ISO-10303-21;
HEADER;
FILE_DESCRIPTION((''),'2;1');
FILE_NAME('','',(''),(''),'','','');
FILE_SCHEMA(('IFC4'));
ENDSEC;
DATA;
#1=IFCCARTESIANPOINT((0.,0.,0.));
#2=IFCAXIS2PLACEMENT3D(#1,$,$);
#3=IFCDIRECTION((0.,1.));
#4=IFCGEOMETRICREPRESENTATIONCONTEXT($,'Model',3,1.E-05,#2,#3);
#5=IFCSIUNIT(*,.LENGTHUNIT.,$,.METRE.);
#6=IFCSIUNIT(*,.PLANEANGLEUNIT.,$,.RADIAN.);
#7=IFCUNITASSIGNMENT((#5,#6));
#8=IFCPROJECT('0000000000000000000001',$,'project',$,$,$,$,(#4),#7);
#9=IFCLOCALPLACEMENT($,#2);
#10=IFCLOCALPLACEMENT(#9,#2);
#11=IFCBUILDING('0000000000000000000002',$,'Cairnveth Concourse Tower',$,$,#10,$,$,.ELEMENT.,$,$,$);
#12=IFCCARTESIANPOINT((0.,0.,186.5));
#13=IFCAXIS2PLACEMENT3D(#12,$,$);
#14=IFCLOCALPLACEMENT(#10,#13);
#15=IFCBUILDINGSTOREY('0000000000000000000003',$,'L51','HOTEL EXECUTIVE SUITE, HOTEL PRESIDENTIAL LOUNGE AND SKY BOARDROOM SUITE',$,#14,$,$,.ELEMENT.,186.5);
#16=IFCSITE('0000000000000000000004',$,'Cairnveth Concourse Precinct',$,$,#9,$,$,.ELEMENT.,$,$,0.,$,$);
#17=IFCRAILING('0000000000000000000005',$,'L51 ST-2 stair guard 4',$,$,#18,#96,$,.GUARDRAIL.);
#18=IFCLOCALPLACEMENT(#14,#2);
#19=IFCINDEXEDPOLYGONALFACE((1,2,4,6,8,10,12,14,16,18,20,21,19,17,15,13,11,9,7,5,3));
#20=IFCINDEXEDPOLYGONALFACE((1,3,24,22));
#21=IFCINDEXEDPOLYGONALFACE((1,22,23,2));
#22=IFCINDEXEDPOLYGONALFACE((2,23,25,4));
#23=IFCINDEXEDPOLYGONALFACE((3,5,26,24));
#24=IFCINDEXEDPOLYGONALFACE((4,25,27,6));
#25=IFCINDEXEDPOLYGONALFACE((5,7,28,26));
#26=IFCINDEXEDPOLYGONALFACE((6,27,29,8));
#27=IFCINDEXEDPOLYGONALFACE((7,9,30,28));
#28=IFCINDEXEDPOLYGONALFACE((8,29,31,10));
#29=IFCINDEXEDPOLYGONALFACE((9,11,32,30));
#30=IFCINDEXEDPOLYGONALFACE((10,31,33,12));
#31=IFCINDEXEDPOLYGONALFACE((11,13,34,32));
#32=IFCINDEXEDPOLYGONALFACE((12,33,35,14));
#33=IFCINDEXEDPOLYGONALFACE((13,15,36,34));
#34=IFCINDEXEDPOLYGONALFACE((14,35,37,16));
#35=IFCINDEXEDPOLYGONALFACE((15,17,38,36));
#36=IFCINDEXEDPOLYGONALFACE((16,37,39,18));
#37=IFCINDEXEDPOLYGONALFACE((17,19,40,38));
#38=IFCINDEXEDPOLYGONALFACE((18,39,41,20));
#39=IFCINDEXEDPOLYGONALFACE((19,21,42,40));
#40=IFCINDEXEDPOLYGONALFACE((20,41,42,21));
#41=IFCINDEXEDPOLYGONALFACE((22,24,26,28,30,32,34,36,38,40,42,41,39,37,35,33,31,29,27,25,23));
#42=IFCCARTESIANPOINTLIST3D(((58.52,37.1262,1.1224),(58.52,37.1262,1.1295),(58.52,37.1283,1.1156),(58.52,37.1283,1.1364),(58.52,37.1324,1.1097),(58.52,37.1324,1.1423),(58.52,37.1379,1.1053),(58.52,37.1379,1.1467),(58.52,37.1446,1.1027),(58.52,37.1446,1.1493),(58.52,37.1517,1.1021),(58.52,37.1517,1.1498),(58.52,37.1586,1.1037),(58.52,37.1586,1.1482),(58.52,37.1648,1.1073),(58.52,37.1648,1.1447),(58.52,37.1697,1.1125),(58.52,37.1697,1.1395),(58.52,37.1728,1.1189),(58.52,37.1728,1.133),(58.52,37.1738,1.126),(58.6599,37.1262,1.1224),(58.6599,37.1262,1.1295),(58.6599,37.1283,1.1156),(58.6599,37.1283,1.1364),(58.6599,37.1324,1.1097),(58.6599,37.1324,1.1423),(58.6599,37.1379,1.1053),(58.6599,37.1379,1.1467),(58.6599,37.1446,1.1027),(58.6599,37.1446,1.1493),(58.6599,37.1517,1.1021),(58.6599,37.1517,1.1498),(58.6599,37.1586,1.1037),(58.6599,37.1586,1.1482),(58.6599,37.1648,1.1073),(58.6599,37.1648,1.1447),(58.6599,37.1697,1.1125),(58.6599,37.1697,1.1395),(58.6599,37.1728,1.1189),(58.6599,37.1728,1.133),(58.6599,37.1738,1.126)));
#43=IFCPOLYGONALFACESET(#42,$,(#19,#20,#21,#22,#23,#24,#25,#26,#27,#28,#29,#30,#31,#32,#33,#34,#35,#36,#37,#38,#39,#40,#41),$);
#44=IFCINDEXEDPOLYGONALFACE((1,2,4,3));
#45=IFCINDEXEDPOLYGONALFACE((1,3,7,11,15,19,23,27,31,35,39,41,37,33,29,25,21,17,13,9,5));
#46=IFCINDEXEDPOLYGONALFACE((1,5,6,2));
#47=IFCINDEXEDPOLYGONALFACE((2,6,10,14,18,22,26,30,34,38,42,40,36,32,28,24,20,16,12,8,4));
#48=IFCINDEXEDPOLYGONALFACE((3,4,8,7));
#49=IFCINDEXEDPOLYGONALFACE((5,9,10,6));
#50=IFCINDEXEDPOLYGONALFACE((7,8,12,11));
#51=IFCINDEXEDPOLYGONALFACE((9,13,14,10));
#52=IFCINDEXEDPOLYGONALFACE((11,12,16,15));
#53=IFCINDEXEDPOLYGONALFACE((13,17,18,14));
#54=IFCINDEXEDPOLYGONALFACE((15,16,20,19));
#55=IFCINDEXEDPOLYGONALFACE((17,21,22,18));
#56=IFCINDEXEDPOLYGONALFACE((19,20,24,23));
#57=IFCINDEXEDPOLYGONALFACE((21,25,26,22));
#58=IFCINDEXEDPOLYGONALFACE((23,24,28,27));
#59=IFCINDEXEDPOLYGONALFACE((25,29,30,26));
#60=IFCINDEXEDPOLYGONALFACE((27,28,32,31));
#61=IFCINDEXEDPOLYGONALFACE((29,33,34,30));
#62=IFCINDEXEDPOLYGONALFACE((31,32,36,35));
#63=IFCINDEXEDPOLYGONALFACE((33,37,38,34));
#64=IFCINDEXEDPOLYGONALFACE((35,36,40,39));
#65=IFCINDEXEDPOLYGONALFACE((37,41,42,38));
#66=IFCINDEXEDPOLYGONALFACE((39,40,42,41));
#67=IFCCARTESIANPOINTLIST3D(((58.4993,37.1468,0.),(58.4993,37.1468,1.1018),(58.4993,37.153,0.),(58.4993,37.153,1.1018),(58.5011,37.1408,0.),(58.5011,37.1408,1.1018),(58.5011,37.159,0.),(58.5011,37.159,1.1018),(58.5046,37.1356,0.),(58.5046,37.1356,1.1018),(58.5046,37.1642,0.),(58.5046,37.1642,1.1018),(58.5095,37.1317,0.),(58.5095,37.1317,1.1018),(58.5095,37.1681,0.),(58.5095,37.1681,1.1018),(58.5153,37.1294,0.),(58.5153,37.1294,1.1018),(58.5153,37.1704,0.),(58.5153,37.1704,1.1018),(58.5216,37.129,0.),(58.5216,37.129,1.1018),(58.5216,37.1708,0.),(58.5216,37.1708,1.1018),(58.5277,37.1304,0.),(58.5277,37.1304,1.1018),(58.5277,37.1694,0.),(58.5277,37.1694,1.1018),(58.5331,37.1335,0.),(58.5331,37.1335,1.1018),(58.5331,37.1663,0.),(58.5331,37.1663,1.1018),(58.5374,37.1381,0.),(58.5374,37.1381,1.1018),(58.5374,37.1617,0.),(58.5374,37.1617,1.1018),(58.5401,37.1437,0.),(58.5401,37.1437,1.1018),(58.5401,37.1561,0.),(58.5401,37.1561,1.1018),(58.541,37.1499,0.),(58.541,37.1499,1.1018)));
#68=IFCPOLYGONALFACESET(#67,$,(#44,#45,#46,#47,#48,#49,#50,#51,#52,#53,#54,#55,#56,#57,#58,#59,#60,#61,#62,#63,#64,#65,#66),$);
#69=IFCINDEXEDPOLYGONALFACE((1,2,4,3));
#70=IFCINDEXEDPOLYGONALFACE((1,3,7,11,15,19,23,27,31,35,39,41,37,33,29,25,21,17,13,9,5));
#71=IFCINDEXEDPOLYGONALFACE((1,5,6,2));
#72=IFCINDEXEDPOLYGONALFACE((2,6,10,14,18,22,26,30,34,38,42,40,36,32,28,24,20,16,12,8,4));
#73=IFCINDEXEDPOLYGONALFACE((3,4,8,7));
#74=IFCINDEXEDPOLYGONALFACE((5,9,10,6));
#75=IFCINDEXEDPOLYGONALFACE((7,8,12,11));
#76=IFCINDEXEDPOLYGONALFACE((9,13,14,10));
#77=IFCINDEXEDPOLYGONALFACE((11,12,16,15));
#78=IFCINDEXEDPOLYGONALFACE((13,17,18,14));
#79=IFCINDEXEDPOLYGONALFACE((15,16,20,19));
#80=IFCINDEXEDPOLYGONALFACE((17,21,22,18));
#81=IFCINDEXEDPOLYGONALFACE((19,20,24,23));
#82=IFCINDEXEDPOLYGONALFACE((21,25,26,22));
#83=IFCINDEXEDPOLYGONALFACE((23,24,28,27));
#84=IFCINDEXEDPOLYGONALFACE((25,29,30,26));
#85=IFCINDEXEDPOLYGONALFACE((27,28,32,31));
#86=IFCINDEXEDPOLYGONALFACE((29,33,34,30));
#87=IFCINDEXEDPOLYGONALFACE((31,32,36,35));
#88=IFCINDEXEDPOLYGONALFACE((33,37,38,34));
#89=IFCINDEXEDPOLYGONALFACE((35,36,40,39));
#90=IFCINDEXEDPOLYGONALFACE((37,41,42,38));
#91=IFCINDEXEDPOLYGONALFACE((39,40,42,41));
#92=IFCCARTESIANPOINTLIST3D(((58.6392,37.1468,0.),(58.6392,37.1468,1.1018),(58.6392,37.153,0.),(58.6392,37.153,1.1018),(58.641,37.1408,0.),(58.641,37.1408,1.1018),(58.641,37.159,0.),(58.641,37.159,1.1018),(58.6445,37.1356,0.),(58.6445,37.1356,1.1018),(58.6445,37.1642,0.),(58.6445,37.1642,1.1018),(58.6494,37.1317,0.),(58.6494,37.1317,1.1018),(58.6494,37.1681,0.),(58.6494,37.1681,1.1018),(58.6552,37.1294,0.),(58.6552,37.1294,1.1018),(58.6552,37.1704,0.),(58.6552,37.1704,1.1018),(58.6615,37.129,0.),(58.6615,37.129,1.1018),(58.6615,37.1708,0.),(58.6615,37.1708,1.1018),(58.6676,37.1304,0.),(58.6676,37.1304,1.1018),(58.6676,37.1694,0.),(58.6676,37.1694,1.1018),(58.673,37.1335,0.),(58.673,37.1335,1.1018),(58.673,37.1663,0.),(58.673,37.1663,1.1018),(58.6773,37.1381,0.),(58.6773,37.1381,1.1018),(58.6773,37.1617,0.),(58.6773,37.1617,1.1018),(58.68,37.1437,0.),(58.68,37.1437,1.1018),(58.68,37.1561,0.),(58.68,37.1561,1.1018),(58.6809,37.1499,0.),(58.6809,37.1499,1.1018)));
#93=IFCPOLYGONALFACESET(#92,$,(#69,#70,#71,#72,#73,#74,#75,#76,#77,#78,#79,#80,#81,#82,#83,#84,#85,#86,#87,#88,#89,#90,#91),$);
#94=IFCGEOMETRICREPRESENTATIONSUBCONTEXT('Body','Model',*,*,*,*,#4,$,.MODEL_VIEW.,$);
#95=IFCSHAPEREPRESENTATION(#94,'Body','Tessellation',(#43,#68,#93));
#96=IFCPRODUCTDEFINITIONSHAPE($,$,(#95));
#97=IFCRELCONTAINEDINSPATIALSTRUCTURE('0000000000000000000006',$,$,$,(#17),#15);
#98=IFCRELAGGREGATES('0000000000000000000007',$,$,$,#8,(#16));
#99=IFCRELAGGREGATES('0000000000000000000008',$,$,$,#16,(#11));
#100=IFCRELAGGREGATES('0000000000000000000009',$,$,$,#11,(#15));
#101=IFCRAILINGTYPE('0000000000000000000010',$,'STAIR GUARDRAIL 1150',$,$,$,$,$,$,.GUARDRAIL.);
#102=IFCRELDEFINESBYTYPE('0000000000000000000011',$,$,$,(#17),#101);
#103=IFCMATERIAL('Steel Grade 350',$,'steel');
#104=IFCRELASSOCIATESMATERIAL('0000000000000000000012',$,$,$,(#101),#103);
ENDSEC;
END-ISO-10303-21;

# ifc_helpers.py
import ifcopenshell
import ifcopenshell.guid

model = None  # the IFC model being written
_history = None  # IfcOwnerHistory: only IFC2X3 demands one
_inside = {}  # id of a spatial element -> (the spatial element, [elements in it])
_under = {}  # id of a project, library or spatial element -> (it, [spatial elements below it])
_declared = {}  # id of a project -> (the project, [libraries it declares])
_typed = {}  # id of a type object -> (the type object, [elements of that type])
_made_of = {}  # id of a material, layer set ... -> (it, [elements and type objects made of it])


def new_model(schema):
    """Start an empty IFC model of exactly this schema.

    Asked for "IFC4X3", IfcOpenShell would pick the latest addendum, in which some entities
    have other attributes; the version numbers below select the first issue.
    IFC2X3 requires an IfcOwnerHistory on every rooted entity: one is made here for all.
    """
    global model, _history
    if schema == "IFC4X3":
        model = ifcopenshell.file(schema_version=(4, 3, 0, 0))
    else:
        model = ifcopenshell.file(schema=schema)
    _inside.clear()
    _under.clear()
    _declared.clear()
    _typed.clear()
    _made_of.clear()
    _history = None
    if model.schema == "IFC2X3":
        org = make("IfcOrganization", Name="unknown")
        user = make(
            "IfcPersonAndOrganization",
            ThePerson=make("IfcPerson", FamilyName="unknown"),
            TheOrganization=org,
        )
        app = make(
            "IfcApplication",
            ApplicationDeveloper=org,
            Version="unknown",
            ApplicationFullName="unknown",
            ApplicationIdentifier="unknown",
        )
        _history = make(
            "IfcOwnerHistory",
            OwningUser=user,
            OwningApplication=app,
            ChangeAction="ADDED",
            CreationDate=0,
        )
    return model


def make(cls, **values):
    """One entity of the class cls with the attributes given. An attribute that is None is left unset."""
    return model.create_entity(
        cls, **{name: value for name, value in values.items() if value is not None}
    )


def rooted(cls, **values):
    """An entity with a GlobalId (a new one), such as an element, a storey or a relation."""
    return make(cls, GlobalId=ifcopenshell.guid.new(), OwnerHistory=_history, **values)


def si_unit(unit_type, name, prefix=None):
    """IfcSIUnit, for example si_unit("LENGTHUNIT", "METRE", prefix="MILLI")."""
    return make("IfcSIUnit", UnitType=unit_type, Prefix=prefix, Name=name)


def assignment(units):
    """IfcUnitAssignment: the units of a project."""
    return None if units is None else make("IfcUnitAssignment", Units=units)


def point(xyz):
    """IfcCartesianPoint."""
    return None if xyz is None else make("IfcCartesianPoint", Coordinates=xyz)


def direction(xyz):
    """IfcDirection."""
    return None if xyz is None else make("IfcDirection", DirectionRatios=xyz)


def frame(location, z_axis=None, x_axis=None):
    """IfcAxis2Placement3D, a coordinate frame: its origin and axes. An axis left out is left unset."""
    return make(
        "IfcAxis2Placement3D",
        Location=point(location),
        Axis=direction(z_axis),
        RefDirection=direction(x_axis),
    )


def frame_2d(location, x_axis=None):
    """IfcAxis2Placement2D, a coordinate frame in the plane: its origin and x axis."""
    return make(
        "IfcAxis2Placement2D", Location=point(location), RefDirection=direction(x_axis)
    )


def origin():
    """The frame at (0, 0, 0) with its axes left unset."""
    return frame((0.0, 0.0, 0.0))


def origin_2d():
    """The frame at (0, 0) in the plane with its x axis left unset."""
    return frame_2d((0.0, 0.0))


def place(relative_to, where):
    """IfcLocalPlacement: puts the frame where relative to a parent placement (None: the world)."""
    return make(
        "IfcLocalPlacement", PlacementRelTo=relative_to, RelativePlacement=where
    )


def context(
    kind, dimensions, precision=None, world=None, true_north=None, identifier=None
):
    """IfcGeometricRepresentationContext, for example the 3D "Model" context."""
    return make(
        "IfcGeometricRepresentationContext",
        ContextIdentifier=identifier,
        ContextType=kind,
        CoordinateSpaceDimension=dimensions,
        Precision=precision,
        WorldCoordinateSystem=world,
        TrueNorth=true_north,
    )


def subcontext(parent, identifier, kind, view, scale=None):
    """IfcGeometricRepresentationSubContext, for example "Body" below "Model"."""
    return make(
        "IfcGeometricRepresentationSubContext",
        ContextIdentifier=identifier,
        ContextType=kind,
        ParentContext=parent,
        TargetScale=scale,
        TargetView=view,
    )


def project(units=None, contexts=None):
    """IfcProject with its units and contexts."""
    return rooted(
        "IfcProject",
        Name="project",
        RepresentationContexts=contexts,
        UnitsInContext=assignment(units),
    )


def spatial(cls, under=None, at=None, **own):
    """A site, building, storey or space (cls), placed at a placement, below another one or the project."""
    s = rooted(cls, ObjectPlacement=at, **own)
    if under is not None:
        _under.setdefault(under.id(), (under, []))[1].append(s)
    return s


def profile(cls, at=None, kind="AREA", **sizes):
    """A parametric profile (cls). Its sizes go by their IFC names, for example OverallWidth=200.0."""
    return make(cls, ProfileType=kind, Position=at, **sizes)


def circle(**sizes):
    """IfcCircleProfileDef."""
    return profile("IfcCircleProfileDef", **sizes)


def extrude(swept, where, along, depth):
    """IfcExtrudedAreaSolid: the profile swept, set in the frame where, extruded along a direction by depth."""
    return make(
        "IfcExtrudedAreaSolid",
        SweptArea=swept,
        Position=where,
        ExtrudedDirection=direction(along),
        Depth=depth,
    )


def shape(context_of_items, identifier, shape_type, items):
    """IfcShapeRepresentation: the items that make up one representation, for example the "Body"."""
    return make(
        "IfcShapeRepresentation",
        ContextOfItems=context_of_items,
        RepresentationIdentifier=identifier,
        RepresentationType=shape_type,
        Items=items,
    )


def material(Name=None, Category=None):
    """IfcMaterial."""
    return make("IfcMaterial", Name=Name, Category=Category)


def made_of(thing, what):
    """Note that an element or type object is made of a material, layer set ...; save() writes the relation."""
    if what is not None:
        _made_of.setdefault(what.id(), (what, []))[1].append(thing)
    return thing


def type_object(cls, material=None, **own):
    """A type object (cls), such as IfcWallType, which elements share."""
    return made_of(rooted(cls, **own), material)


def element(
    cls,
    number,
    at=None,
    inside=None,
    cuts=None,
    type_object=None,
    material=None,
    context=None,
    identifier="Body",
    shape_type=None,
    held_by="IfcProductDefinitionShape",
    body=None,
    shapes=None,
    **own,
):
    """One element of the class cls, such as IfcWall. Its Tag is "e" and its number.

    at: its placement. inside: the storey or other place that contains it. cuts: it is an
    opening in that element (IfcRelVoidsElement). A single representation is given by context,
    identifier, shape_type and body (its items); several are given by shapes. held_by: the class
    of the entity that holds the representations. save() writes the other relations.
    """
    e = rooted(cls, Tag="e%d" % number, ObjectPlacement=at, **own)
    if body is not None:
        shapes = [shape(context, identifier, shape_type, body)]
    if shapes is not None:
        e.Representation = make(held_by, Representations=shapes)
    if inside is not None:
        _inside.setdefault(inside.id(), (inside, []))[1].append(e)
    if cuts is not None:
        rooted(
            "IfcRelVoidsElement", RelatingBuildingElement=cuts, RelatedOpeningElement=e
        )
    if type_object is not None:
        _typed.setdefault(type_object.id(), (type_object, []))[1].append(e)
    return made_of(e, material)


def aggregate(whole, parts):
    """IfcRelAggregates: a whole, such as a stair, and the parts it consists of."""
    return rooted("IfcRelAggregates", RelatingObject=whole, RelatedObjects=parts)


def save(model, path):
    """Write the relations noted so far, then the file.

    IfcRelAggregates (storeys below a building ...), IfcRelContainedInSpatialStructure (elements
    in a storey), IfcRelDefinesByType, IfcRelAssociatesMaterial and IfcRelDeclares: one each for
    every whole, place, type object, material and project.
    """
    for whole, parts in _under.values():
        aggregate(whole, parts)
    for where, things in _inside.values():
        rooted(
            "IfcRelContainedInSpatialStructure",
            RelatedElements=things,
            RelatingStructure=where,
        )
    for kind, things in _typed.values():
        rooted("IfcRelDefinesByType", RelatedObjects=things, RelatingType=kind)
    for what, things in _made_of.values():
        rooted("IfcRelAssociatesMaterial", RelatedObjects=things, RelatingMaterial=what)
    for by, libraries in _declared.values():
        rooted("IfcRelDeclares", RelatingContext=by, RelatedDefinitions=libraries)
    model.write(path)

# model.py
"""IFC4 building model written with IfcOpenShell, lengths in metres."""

from ifc_helpers import new_model, si_unit, direction, frame, origin, origin_2d, place, context, subcontext, project, spatial, circle, extrude, material, type_object, element, save


model = new_model("IFC4")

# Units and contexts
model_context = context("Model", 3, precision=1e-05, world=origin(), true_north=direction((0.0, 1.0)))
body_context = subcontext(model_context, "Body", "Model", "MODEL_VIEW")
ifc_project = project(units=[si_unit("LENGTHUNIT", "METRE"), si_unit("PLANEANGLEUNIT", "RADIAN")], contexts=[model_context])

# Site, building, storey
site_placement = place(None, origin())
site = spatial("IfcSite", under=ifc_project, at=site_placement, Name="Cairnveth Concourse Precinct", CompositionType="ELEMENT", RefElevation=0.0)
building_placement = place(site_placement, origin())
building = spatial("IfcBuilding", under=site, at=building_placement, Name="Cairnveth Concourse Tower", CompositionType="ELEMENT")
storey_placement = place(building_placement, frame((0.0, 0.0, 186.5)))
storey = spatial("IfcBuildingStorey", under=building, at=storey_placement, Name="L51", Description="HOTEL EXECUTIVE SUITE, HOTEL PRESIDENTIAL LOUNGE AND SKY BOARDROOM SUITE", CompositionType="ELEMENT", Elevation=186.5)

# Shared definitions
ifc_material_1 = material(Name="Steel Grade 350", Category="steel")

# Railing
railing_type = type_object("IfcRailingType", Name="STAIR GUARDRAIL 1150", PredefinedType="GUARDRAIL", material=ifc_material_1)
railing_1_placement = place(storey_placement, frame((58.52, 37.1499, 0.0)))
element("IfcRailing", 1, at=railing_1_placement, inside=storey, type_object=railing_type, Name="L51 ST-2 stair guard 4", PredefinedType="GUARDRAIL", context=body_context, shape_type="SweptSolid", body=[
    extrude(circle(Radius=0.0239, at=origin_2d()), frame((0.0, 0.0, 1.126), z_axis=(1.0, 0.0, 0.0), x_axis=(0.0, 1.0, 0.0)), (0.0, 0.0, 1.0), 0.1399),
    extrude(circle(Radius=0.021, at=origin_2d()), origin(), (0.0, 0.0, 1.0), 1.1018),
    extrude(circle(Radius=0.021, at=origin_2d()), frame((0.1399, 0.0, 0.0)), (0.0, 0.0, 1.0), 1.1018),
])

save(model, "model.ifc")
